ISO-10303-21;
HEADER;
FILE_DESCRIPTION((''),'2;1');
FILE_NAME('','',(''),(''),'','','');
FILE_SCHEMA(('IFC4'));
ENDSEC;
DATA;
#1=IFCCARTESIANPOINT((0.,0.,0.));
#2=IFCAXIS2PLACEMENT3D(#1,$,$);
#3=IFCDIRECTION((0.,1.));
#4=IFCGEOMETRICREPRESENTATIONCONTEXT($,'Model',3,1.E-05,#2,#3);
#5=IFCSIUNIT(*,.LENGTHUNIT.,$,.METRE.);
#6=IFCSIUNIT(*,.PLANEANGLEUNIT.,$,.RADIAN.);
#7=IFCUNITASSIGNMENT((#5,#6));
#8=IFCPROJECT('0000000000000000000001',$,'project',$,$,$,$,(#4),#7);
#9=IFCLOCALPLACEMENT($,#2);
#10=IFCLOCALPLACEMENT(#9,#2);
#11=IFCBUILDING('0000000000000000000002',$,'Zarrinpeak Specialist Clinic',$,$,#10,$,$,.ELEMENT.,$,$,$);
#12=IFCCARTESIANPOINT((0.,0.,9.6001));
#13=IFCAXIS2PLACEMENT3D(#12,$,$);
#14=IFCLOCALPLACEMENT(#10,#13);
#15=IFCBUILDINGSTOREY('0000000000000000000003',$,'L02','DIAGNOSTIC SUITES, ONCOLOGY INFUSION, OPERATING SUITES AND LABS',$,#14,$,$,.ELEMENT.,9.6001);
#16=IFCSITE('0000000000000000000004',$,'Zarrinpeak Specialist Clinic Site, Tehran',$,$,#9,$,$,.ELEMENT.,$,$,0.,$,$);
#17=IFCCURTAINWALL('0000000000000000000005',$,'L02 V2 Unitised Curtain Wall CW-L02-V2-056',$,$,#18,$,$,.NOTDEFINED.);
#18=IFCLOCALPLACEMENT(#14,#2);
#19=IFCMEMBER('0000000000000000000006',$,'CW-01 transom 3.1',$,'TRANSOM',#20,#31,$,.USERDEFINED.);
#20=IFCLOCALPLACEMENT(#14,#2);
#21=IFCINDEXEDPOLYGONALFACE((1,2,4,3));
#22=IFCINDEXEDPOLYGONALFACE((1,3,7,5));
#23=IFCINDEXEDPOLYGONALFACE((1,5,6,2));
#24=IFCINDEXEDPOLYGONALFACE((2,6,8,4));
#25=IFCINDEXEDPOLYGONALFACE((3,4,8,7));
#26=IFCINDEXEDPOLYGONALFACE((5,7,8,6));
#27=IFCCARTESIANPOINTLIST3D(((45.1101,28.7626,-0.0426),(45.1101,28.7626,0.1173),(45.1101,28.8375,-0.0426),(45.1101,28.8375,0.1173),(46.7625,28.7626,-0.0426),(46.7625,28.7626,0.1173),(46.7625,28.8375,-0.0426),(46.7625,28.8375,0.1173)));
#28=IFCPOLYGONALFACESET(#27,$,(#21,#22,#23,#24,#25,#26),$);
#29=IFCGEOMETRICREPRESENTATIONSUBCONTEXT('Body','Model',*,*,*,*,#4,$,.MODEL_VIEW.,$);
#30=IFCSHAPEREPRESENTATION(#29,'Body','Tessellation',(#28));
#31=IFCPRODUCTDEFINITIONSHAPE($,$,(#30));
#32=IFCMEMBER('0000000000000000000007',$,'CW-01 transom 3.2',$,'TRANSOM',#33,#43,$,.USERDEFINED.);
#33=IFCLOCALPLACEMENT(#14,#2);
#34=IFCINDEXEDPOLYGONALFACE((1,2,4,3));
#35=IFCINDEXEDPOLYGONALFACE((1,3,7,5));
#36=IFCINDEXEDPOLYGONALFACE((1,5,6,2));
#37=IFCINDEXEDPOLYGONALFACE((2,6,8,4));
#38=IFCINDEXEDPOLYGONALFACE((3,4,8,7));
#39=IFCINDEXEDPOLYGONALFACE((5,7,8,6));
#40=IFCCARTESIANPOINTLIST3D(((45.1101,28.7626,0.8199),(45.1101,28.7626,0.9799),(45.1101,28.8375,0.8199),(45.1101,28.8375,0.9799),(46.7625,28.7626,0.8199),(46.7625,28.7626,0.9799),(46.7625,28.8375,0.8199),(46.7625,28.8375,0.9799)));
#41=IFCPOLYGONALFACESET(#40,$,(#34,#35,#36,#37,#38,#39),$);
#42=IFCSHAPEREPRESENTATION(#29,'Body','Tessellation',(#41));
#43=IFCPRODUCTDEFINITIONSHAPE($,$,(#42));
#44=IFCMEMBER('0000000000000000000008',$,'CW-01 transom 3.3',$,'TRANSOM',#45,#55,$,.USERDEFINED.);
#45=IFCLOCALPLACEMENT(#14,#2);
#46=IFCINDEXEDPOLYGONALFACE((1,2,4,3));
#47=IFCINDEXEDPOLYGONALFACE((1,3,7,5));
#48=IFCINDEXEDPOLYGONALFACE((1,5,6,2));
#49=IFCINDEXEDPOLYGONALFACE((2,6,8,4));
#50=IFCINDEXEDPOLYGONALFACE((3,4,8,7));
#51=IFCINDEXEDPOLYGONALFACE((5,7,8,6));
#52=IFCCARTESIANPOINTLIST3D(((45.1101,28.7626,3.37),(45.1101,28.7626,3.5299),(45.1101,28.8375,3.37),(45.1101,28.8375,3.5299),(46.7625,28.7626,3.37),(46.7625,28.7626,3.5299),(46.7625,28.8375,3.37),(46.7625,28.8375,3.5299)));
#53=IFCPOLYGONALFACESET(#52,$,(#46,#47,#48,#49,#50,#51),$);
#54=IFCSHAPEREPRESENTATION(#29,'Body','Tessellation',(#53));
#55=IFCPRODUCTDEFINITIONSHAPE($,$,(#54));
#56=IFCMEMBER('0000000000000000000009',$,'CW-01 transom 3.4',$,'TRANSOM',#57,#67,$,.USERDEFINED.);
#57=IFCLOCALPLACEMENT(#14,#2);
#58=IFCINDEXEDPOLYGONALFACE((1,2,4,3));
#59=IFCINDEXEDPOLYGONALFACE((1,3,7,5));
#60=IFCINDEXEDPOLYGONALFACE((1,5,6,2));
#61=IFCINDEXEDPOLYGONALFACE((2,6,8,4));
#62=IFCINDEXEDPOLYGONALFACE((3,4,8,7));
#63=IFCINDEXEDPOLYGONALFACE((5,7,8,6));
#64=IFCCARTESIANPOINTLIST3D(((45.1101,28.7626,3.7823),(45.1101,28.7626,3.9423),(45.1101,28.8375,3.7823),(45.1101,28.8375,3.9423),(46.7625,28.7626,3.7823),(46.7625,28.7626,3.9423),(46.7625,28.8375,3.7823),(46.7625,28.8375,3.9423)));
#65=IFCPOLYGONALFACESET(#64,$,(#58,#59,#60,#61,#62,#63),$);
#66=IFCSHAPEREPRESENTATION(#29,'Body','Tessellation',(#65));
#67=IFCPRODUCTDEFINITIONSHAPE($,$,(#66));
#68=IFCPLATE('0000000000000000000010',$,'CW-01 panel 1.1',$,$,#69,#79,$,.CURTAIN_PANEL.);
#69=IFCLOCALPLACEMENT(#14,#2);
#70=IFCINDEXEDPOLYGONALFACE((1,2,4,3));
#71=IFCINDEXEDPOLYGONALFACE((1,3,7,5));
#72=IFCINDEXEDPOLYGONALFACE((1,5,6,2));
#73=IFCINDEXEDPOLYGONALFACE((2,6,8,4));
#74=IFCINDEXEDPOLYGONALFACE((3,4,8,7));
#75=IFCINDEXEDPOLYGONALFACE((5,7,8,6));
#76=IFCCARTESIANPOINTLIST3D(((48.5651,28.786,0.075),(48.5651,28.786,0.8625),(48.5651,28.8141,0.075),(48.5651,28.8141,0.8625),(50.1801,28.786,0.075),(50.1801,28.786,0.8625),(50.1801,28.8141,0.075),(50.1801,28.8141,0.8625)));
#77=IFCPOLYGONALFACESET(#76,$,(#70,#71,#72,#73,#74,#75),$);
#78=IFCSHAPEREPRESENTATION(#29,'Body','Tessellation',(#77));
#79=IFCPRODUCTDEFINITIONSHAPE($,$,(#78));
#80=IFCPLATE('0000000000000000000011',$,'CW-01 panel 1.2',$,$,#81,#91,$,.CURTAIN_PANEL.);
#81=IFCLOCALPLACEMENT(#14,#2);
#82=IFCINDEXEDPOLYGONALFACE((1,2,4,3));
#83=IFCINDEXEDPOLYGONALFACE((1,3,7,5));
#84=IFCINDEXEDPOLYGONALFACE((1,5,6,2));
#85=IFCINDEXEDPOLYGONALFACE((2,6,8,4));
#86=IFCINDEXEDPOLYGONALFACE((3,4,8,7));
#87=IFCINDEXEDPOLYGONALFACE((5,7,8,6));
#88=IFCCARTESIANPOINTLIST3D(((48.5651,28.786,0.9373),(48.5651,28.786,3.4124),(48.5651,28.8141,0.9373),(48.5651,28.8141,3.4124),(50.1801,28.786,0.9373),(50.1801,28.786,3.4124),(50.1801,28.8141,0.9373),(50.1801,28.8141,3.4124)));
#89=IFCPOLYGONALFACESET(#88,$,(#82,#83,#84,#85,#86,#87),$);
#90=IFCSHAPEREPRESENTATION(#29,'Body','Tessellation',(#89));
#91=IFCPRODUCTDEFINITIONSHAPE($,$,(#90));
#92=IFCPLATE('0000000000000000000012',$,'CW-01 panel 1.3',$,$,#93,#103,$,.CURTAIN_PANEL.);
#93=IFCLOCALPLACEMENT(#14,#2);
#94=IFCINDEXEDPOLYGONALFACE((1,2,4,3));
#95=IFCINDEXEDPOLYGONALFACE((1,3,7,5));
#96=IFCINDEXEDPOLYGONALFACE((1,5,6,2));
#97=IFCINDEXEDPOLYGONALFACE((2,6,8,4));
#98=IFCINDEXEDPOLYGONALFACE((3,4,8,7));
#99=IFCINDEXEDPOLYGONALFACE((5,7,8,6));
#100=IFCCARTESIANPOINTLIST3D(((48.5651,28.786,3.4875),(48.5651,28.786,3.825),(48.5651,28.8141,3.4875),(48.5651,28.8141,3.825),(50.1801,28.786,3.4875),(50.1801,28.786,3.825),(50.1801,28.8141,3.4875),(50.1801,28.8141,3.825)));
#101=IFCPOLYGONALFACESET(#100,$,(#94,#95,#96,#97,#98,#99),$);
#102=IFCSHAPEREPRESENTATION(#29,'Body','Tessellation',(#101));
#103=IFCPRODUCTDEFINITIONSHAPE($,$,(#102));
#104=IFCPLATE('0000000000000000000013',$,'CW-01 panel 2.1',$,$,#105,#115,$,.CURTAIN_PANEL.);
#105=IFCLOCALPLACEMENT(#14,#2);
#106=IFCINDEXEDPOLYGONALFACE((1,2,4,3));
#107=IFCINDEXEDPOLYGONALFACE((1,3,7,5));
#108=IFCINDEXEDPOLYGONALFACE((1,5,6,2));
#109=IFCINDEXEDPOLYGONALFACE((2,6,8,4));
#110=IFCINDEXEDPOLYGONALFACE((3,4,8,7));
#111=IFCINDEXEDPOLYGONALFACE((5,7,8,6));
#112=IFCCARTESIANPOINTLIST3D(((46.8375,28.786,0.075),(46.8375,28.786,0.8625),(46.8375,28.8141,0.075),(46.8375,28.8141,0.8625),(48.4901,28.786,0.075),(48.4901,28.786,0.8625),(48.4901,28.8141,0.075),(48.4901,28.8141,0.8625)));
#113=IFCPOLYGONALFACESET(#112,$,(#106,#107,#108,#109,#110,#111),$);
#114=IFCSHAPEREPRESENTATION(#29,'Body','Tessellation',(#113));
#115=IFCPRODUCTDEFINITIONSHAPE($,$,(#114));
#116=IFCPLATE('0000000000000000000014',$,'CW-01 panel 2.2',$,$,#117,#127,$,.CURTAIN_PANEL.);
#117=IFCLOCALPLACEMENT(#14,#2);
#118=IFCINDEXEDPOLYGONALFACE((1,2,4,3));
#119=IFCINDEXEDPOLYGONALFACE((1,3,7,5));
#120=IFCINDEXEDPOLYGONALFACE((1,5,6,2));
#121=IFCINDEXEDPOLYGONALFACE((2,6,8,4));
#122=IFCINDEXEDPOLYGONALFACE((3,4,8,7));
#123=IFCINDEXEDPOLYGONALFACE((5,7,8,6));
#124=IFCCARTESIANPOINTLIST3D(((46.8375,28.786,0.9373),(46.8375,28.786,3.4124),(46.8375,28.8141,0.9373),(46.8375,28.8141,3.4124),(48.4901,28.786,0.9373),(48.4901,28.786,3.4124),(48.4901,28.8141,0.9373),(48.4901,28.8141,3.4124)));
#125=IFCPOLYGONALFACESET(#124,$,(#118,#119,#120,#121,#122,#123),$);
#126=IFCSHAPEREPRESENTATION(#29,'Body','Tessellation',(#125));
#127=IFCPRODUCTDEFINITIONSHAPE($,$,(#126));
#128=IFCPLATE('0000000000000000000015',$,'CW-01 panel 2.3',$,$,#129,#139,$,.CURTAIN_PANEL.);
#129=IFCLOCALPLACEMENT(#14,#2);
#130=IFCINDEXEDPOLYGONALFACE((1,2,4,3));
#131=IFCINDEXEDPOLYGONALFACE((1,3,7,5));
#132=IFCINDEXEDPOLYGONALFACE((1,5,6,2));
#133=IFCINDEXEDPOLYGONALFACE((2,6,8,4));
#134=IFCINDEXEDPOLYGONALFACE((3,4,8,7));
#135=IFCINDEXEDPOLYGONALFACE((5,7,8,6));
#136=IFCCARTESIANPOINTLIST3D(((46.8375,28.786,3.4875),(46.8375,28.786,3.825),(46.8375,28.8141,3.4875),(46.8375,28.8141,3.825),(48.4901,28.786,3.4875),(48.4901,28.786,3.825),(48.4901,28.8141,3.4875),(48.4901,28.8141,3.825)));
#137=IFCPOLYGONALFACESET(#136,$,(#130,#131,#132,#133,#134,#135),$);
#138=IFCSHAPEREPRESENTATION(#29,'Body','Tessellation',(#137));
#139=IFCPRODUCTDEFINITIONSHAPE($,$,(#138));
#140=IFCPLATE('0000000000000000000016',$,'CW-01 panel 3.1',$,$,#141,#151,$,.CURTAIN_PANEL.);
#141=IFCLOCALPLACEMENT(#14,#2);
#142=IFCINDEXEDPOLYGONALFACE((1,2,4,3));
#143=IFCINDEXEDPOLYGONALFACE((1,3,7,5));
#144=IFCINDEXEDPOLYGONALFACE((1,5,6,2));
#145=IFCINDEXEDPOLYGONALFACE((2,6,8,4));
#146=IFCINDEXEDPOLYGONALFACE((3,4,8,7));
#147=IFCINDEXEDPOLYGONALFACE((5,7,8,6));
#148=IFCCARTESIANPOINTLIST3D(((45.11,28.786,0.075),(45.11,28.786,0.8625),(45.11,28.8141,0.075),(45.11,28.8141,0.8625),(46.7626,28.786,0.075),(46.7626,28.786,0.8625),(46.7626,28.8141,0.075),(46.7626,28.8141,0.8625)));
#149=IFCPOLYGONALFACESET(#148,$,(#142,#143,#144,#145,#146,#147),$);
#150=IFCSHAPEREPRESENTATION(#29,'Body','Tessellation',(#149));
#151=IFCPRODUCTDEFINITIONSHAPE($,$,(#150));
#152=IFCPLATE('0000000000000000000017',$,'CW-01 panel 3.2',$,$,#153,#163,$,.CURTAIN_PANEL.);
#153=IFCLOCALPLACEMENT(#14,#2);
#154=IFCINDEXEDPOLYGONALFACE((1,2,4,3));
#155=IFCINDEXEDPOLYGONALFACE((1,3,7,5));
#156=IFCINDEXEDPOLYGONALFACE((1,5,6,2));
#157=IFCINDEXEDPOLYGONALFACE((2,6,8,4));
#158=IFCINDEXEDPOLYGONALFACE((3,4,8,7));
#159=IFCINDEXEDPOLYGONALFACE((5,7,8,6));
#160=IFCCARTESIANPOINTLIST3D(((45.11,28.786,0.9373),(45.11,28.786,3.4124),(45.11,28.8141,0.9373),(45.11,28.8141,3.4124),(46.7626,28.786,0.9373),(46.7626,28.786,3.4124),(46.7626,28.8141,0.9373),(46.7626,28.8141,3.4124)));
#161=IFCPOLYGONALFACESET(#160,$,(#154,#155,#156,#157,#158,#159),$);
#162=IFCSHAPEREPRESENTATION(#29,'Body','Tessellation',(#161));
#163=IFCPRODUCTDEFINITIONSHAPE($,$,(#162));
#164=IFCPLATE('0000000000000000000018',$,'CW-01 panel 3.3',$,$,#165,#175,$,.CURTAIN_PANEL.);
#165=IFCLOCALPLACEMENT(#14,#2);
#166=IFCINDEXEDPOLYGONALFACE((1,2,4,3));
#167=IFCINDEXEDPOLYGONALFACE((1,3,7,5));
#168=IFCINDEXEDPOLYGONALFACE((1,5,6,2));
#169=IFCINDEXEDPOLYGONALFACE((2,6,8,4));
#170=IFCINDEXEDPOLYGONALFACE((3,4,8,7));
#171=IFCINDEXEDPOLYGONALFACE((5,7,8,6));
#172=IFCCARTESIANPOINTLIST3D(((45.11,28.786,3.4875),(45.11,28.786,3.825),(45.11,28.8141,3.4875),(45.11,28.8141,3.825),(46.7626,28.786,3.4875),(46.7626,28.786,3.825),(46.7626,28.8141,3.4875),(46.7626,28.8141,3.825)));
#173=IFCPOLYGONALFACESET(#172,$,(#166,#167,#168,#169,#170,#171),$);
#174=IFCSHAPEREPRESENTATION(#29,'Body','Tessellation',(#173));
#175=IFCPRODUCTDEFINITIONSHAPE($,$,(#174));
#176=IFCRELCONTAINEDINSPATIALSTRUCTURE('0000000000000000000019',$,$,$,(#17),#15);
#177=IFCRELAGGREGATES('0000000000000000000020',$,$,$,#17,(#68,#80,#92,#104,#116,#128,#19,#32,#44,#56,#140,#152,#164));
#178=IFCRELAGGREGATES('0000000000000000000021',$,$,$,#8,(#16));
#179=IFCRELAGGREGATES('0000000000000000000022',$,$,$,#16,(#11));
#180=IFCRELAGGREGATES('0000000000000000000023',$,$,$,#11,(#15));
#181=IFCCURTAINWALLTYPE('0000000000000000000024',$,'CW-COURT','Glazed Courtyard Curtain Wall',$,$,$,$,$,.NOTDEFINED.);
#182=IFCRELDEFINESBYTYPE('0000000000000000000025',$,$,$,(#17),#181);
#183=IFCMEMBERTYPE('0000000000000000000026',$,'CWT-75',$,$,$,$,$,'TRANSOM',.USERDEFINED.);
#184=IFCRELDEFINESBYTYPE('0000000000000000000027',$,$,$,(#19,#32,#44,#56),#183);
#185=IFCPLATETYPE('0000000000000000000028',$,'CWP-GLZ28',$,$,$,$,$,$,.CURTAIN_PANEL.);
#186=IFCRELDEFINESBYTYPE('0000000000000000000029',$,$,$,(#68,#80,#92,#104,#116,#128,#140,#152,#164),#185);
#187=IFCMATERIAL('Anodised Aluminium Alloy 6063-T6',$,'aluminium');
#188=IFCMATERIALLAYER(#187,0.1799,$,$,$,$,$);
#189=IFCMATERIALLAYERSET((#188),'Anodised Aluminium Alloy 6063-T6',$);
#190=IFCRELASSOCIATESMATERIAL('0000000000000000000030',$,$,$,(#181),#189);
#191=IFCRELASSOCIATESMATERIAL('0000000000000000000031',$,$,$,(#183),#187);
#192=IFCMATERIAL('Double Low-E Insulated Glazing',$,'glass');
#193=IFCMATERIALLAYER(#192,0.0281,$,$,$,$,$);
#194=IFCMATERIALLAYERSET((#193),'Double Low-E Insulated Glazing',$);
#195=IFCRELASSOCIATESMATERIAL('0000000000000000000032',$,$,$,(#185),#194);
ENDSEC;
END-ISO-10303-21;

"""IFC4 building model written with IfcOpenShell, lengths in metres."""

from ifc_helpers import new_model, si_unit, direction, frame, origin, origin_2d, place, context, subcontext, project, spatial, rectangle, extrude, material, layer, layer_set, material_profile, profile_set, type_object, element, aggregate, save


model = new_model("IFC4")

# Units and contexts
model_context = context("Model", 3, precision=1e-05, world=origin(), true_north=direction((0.0, 1.0)))
body_context = subcontext(model_context, "Body", "Model", "MODEL_VIEW")
ifc_project = project(units=[si_unit("LENGTHUNIT", "METRE"), si_unit("PLANEANGLEUNIT", "RADIAN")], contexts=[model_context])

# Site, building, storey
site_placement = place(None, origin())
site = spatial("IfcSite", under=ifc_project, at=site_placement, Name="Zarrinpeak Specialist Clinic Site, Tehran", CompositionType="ELEMENT", RefElevation=0.0)
building_placement = place(site_placement, origin())
building = spatial("IfcBuilding", under=site, at=building_placement, Name="Zarrinpeak Specialist Clinic", CompositionType="ELEMENT")
storey_placement = place(building_placement, frame((0.0, 0.0, 9.6001)))
storey = spatial("IfcBuildingStorey", under=building, at=storey_placement, Name="L02", Description="DIAGNOSTIC SUITES, ONCOLOGY INFUSION, OPERATING SUITES AND LABS", CompositionType="ELEMENT", Elevation=9.6001)

# Curtain wall, members, plates
ifc_material_1 = material(Name="Anodised Aluminium Alloy 6063-T6", Category="aluminium")
ifc_layer_1 = layer(ifc_material_1, 0.1799)
ifc_layer_set_1 = layer_set([ifc_layer_1], Name="Anodised Aluminium Alloy 6063-T6")
curtain_wall_type = type_object("IfcCurtainWallType", Name="CW-COURT", Description="Glazed Courtyard Curtain Wall", PredefinedType="NOTDEFINED", material=ifc_layer_set_1)
curtain_wall_placement = place(storey_placement, origin())
curtain_wall = element("IfcCurtainWall", 1, at=curtain_wall_placement, inside=storey, type_object=curtain_wall_type, Name="L02 V2 Unitised Curtain Wall CW-L02-V2-056", PredefinedType="NOTDEFINED")
ifc_material_profile_1 = material_profile(ifc_material_1, rectangle(XDim=0.075, YDim=0.1599, at=origin_2d()), Name="ALU 75x160")
ifc_profile_set_1 = profile_set([ifc_material_profile_1], Name="Anodised Aluminium Alloy 6063-T6")
member_type_1 = type_object("IfcMemberType", Name="CWT-75", ElementType="TRANSOM", PredefinedType="USERDEFINED", material=ifc_profile_set_1)
member_1_placement = place(storey_placement, frame((46.7625, 28.8, 0.0374), z_axis=(-1.0, 0.0, 0.0), x_axis=(0.0, -1.0, 0.0)))
member_1 = element("IfcMember", 2, at=member_1_placement, type_object=member_type_1, Name="CW-01 transom 3.1", ObjectType="TRANSOM", PredefinedType="USERDEFINED", context=body_context, shape_type="SweptSolid", body=[
    extrude(rectangle(XDim=0.075, YDim=0.1599, at=origin_2d()), origin(), (0.0, 0.0, 1.0), 1.6523),
])
member_2_placement = place(storey_placement, frame((46.7625, 28.8, 0.8999), z_axis=(-1.0, 0.0, 0.0), x_axis=(0.0, -1.0, 0.0)))
member_2 = element("IfcMember", 3, at=member_2_placement, type_object=member_type_1, Name="CW-01 transom 3.2", ObjectType="TRANSOM", PredefinedType="USERDEFINED", context=body_context, shape_type="SweptSolid", body=[
    extrude(rectangle(XDim=0.075, YDim=0.1599, at=origin_2d()), origin(), (0.0, 0.0, 1.0), 1.6523),
])
member_3_placement = place(storey_placement, frame((46.7625, 28.8, 3.45), z_axis=(-1.0, 0.0, 0.0), x_axis=(0.0, -1.0, 0.0)))
member_3 = element("IfcMember", 4, at=member_3_placement, type_object=member_type_1, Name="CW-01 transom 3.3", ObjectType="TRANSOM", PredefinedType="USERDEFINED", context=body_context, shape_type="SweptSolid", body=[
    extrude(rectangle(XDim=0.075, YDim=0.1599, at=origin_2d()), origin(), (0.0, 0.0, 1.0), 1.6523),
])
member_4_placement = place(storey_placement, frame((46.7625, 28.8, 3.8623), z_axis=(-1.0, 0.0, 0.0), x_axis=(0.0, -1.0, 0.0)))
member_4 = element("IfcMember", 5, at=member_4_placement, type_object=member_type_1, Name="CW-01 transom 3.4", ObjectType="TRANSOM", PredefinedType="USERDEFINED", context=body_context, shape_type="SweptSolid", body=[
    extrude(rectangle(XDim=0.075, YDim=0.1599, at=origin_2d()), origin(), (0.0, 0.0, 1.0), 1.6523),
])
ifc_material_2 = material(Name="Double Low-E Insulated Glazing", Category="glass")
ifc_layer_2 = layer(ifc_material_2, 0.0281)
ifc_layer_set_2 = layer_set([ifc_layer_2], Name="Double Low-E Insulated Glazing")
plate_type = type_object("IfcPlateType", Name="CWP-GLZ28", PredefinedType="CURTAIN_PANEL", material=ifc_layer_set_2)
plate_1_placement = place(storey_placement, frame((49.3726, 28.8, 0.075), z_axis=(0.0, 0.0, 1.0), x_axis=(-1.0, 0.0, 0.0)))
plate_1 = element("IfcPlate", 6, at=plate_1_placement, type_object=plate_type, Name="CW-01 panel 1.1", PredefinedType="CURTAIN_PANEL", context=body_context, shape_type="SweptSolid", body=[
    extrude(rectangle(XDim=1.615, YDim=0.0281, at=origin_2d()), origin(), (0.0, 0.0, 1.0), 0.7876),
])
plate_2_placement = place(storey_placement, frame((49.3726, 28.8, 0.9373), z_axis=(0.0, 0.0, 1.0), x_axis=(-1.0, 0.0, 0.0)))
plate_2 = element("IfcPlate", 7, at=plate_2_placement, type_object=plate_type, Name="CW-01 panel 1.2", PredefinedType="CURTAIN_PANEL", context=body_context, shape_type="SweptSolid", body=[
    extrude(rectangle(XDim=1.615, YDim=0.0281, at=origin_2d()), origin(), (0.0, 0.0, 1.0), 2.4751),
])
plate_3_placement = place(storey_placement, frame((49.3726, 28.8, 3.4875), z_axis=(0.0, 0.0, 1.0), x_axis=(-1.0, 0.0, 0.0)))
plate_3 = element("IfcPlate", 8, at=plate_3_placement, type_object=plate_type, Name="CW-01 panel 1.3", PredefinedType="CURTAIN_PANEL", context=body_context, shape_type="SweptSolid", body=[
    extrude(rectangle(XDim=1.615, YDim=0.0281, at=origin_2d()), origin(), (0.0, 0.0, 1.0), 0.3374),
])
plate_4_placement = place(storey_placement, frame((47.6638, 28.8, 0.075), z_axis=(0.0, 0.0, 1.0), x_axis=(-1.0, 0.0, 0.0)))
plate_4 = element("IfcPlate", 9, at=plate_4_placement, type_object=plate_type, Name="CW-01 panel 2.1", PredefinedType="CURTAIN_PANEL", context=body_context, shape_type="SweptSolid", body=[
    extrude(rectangle(XDim=1.6526, YDim=0.0281, at=origin_2d()), origin(), (0.0, 0.0, 1.0), 0.7876),
])
plate_5_placement = place(storey_placement, frame((47.6638, 28.8, 0.9373), z_axis=(0.0, 0.0, 1.0), x_axis=(-1.0, 0.0, 0.0)))
plate_5 = element("IfcPlate", 10, at=plate_5_placement, type_object=plate_type, Name="CW-01 panel 2.2", PredefinedType="CURTAIN_PANEL", context=body_context, shape_type="SweptSolid", body=[
    extrude(rectangle(XDim=1.6526, YDim=0.0281, at=origin_2d()), origin(), (0.0, 0.0, 1.0), 2.4751),
])
plate_6_placement = place(storey_placement, frame((47.6638, 28.8, 3.4875), z_axis=(0.0, 0.0, 1.0), x_axis=(-1.0, 0.0, 0.0)))
plate_6 = element("IfcPlate", 11, at=plate_6_placement, type_object=plate_type, Name="CW-01 panel 2.3", PredefinedType="CURTAIN_PANEL", context=body_context, shape_type="SweptSolid", body=[
    extrude(rectangle(XDim=1.6526, YDim=0.0281, at=origin_2d()), origin(), (0.0, 0.0, 1.0), 0.3374),
])
plate_7_placement = place(storey_placement, frame((45.9363, 28.8, 0.075), z_axis=(0.0, 0.0, 1.0), x_axis=(-1.0, 0.0, 0.0)))
plate_7 = element("IfcPlate", 12, at=plate_7_placement, type_object=plate_type, Name="CW-01 panel 3.1", PredefinedType="CURTAIN_PANEL", context=body_context, shape_type="SweptSolid", body=[
    extrude(rectangle(XDim=1.6526, YDim=0.0281, at=origin_2d()), origin(), (0.0, 0.0, 1.0), 0.7876),
])
plate_8_placement = place(storey_placement, frame((45.9363, 28.8, 0.9373), z_axis=(0.0, 0.0, 1.0), x_axis=(-1.0, 0.0, 0.0)))
plate_8 = element("IfcPlate", 13, at=plate_8_placement, type_object=plate_type, Name="CW-01 panel 3.2", PredefinedType="CURTAIN_PANEL", context=body_context, shape_type="SweptSolid", body=[
    extrude(rectangle(XDim=1.6526, YDim=0.0281, at=origin_2d()), origin(), (0.0, 0.0, 1.0), 2.4751),
])
plate_9_placement = place(storey_placement, frame((45.9363, 28.8, 3.4875), z_axis=(0.0, 0.0, 1.0), x_axis=(-1.0, 0.0, 0.0)))
plate_9 = element("IfcPlate", 14, at=plate_9_placement, type_object=plate_type, Name="CW-01 panel 3.3", PredefinedType="CURTAIN_PANEL", context=body_context, shape_type="SweptSolid", body=[
    extrude(rectangle(XDim=1.6526, YDim=0.0281, at=origin_2d()), origin(), (0.0, 0.0, 1.0), 0.3374),
])
aggregate(curtain_wall, [plate_1, plate_2, plate_3, plate_4, plate_5, plate_6, member_1, member_2, member_3, member_4, plate_7, plate_8, plate_9])

save(model, "model.ifc")
